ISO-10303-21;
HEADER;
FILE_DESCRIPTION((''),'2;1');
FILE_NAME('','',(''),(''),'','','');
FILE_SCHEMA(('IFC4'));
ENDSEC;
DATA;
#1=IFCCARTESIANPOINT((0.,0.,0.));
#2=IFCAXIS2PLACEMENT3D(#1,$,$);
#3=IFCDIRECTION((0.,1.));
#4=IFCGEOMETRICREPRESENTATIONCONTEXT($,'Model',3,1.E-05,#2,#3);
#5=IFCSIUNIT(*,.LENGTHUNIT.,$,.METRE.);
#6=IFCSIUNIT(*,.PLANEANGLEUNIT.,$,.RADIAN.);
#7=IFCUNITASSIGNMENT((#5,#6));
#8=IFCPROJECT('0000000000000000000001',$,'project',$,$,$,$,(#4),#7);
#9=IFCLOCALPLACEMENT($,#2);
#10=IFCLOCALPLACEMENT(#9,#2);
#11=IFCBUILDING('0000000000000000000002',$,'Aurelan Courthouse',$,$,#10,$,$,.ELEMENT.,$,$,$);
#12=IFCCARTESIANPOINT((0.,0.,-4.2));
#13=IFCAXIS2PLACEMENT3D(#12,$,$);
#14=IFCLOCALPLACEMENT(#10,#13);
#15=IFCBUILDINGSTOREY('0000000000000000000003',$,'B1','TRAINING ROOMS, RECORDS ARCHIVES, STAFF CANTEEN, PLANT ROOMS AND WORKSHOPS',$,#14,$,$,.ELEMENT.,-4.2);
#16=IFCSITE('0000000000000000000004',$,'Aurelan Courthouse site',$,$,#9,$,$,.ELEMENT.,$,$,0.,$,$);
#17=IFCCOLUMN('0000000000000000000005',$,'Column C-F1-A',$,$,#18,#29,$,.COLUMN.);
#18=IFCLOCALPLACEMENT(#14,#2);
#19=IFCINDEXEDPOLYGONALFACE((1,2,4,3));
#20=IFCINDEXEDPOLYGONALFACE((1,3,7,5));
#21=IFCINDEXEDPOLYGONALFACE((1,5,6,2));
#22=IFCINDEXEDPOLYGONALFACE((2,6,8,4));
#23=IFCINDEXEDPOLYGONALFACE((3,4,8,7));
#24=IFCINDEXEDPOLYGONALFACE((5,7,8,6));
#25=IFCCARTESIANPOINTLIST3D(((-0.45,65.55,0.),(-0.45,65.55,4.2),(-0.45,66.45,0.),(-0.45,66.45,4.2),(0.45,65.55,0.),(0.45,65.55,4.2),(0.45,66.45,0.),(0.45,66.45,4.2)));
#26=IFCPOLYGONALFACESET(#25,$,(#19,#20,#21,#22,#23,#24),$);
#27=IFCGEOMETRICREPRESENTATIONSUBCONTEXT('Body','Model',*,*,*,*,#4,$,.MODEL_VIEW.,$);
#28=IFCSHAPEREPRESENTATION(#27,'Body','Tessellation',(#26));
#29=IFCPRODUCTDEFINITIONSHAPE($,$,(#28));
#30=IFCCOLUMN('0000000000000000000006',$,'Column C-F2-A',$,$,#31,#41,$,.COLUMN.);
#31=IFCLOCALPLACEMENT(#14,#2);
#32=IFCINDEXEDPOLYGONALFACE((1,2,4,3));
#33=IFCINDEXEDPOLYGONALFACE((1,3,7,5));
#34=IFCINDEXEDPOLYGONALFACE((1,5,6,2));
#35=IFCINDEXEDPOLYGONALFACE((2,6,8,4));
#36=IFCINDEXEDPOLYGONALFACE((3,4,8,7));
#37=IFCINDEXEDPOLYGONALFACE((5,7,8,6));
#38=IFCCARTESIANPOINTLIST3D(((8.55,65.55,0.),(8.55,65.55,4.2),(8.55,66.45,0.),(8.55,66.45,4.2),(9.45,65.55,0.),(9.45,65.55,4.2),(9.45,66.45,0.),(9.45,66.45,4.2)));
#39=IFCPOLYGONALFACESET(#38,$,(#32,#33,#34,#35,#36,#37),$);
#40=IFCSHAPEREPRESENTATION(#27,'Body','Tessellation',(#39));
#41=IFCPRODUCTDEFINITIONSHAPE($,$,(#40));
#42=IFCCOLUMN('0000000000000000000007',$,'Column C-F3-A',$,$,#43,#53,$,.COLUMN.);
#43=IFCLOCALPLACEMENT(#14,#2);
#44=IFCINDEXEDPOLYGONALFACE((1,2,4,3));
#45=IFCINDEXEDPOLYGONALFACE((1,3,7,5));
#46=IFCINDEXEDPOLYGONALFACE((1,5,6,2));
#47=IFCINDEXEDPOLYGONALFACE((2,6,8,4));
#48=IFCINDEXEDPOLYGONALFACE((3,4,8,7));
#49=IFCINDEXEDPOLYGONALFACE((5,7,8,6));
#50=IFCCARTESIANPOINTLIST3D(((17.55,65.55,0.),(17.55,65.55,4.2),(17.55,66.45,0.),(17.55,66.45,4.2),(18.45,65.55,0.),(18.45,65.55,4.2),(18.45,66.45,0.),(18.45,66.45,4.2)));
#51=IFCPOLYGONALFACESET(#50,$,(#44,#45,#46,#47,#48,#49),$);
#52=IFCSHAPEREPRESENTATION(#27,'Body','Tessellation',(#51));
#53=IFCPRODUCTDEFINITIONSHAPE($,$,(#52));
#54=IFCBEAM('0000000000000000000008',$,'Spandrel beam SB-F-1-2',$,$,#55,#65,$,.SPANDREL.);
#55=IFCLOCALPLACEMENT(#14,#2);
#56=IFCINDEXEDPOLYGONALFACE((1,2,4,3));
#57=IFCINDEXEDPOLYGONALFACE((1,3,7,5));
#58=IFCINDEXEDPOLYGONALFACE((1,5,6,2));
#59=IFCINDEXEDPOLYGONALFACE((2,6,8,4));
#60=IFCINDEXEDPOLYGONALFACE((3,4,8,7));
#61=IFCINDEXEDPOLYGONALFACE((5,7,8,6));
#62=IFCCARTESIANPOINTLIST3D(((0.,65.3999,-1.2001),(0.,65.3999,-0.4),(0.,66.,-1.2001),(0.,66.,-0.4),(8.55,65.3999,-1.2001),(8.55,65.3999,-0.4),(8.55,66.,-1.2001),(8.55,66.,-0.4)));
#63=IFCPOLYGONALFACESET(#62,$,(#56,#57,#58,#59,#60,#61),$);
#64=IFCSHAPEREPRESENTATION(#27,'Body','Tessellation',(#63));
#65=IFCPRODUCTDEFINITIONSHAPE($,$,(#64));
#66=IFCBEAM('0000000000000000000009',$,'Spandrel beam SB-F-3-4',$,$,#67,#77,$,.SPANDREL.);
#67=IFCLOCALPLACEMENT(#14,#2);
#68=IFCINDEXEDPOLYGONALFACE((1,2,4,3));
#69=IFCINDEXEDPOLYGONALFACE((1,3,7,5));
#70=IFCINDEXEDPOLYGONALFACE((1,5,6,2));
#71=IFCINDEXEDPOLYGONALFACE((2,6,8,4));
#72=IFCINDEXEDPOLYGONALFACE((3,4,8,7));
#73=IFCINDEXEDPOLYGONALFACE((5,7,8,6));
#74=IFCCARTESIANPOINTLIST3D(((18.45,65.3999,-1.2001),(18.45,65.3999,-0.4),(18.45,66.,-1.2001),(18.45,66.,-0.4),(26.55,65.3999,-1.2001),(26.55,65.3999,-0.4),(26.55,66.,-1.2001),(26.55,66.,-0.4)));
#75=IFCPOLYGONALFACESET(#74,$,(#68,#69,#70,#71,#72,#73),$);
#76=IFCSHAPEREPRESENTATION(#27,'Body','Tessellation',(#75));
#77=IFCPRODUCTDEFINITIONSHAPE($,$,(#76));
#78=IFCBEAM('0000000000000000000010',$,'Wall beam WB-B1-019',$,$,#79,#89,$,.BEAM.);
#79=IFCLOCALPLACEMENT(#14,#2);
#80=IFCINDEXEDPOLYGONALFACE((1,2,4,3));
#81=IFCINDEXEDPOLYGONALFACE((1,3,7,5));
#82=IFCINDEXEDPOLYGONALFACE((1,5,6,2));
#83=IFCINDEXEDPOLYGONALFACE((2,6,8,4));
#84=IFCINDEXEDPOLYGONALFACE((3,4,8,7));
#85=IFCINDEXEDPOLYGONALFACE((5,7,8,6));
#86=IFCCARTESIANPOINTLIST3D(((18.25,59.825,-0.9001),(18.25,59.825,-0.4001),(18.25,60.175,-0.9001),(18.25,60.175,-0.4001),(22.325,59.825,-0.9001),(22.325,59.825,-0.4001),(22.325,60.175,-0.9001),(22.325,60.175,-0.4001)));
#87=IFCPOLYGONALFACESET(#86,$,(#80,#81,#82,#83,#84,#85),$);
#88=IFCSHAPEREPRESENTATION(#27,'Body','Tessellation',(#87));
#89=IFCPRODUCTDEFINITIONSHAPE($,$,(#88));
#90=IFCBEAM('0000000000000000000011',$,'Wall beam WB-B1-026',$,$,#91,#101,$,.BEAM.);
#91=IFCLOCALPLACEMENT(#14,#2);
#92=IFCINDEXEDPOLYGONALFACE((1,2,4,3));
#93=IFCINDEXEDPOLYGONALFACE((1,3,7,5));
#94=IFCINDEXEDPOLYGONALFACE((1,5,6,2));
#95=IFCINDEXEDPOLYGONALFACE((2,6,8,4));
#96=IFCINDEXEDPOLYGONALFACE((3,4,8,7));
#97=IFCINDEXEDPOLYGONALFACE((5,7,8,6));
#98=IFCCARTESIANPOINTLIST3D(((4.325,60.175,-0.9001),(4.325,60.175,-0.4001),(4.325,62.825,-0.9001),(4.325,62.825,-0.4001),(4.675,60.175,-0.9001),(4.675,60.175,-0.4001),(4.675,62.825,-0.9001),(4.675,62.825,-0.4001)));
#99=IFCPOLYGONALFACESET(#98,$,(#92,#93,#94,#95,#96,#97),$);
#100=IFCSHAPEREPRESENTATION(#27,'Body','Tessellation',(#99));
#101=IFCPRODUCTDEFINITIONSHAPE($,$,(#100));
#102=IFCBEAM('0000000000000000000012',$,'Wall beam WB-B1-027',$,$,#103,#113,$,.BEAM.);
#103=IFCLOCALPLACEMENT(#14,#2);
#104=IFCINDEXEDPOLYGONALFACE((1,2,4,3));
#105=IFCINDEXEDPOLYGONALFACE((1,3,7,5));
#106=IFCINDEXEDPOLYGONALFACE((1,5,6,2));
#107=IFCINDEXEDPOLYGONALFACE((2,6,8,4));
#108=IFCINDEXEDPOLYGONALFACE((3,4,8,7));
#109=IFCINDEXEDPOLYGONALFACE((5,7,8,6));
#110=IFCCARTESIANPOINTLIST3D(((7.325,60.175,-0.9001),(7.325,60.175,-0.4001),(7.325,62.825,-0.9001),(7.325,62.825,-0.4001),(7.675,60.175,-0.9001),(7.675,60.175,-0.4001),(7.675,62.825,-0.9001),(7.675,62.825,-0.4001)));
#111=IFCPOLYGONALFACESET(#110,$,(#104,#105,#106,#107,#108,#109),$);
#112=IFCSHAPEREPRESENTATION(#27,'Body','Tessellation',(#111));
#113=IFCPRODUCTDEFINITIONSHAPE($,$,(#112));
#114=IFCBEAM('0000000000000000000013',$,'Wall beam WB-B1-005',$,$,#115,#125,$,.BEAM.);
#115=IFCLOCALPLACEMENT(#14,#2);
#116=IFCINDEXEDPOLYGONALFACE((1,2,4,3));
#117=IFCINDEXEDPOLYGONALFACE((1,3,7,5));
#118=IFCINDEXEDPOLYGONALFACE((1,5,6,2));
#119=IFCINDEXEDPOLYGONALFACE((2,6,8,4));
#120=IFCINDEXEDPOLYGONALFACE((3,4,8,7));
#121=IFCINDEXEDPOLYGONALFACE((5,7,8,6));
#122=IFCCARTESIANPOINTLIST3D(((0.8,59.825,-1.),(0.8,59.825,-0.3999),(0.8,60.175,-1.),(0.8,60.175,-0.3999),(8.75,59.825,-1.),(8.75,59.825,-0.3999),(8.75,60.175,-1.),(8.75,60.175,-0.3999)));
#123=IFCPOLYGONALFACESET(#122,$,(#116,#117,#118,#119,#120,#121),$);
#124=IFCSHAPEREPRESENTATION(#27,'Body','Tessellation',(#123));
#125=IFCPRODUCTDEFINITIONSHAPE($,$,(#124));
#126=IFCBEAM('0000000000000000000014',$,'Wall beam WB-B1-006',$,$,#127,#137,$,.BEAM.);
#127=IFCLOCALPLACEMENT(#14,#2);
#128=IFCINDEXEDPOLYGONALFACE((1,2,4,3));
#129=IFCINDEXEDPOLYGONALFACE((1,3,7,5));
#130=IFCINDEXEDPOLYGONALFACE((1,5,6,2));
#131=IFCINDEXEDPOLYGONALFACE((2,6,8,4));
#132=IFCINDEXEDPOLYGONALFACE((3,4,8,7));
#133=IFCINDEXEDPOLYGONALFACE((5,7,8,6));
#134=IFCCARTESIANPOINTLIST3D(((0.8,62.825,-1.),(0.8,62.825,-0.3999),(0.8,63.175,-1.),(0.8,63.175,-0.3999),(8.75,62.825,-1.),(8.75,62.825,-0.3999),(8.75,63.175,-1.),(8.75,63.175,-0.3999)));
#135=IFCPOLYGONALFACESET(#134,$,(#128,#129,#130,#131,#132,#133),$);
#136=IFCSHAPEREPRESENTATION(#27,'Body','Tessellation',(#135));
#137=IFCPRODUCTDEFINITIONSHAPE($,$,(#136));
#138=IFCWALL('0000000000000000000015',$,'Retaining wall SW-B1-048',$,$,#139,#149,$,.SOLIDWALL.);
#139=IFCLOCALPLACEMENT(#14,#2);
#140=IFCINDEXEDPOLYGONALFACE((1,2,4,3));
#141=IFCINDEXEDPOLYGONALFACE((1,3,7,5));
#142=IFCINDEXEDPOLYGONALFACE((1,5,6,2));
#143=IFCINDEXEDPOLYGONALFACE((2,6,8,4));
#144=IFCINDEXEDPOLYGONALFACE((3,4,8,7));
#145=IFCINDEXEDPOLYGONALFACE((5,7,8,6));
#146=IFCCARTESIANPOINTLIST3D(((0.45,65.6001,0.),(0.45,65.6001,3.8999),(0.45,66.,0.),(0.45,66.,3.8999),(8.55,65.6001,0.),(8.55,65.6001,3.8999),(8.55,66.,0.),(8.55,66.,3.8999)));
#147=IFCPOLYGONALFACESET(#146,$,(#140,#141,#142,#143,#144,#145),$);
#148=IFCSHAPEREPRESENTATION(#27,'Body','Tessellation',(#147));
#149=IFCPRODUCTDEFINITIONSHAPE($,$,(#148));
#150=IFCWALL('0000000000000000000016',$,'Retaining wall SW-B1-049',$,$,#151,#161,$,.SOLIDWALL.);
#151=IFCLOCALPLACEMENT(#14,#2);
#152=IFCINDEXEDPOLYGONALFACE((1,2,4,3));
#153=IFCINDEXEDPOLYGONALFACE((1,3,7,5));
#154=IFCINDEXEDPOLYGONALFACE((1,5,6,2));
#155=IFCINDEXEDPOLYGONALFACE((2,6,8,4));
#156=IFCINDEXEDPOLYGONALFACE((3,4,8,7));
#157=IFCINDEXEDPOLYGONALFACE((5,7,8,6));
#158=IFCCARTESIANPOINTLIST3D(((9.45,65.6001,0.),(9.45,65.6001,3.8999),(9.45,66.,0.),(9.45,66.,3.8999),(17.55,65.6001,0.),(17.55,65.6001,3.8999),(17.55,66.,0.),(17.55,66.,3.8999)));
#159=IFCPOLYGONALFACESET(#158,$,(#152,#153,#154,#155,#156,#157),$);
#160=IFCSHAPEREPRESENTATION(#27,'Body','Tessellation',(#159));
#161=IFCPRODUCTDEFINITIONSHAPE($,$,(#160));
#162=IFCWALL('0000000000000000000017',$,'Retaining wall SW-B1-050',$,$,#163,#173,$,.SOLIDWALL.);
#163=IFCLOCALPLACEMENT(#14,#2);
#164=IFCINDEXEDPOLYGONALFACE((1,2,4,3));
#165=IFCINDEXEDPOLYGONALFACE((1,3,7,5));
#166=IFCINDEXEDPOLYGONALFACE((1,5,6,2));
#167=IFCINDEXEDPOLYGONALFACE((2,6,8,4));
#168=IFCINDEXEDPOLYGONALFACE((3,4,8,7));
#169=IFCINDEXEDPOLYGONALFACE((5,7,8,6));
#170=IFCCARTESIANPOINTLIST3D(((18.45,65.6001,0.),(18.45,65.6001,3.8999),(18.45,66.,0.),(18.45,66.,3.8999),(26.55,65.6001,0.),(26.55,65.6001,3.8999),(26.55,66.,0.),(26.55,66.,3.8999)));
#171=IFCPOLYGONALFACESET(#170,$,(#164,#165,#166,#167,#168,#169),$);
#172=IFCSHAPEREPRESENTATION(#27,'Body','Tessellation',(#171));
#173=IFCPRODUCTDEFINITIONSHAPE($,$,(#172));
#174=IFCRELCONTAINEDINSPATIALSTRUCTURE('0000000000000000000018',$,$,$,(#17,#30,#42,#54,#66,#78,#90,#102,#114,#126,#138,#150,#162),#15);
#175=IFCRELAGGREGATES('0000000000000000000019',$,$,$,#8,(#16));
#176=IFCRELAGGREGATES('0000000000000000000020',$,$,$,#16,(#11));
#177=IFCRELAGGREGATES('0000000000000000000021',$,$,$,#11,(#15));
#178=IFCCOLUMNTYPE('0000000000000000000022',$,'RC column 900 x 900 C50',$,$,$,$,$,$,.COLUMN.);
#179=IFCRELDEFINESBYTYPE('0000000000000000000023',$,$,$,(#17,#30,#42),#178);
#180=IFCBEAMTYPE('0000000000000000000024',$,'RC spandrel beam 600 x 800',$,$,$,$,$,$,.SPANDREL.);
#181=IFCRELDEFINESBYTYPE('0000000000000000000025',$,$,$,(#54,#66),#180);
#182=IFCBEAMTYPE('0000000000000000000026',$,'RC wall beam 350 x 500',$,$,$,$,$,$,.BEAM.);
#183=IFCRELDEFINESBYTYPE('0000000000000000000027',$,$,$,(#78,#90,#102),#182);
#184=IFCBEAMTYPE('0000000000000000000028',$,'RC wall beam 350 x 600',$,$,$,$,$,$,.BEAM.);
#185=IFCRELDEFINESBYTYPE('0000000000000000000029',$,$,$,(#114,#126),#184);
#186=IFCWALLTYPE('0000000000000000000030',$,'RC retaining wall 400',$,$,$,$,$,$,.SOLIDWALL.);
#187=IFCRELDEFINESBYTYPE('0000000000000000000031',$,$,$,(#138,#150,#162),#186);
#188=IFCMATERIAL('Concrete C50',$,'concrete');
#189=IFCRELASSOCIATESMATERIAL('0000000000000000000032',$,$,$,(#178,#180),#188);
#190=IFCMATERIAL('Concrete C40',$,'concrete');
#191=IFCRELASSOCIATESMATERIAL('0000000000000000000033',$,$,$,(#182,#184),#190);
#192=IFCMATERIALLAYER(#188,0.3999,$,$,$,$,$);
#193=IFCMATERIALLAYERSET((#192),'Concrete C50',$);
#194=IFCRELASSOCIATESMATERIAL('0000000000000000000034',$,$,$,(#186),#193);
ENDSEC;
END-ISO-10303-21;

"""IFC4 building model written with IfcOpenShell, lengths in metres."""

from ifc_helpers import new_model, si_unit, direction, frame, frame_2d, origin, origin_2d, place, context, subcontext, project, spatial, rectangle, extrude, material, layer, layer_set, material_profile, profile_set, type_object, element, save


model = new_model("IFC4")

# Units and contexts
model_context = context("Model", 3, precision=1e-05, world=origin(), true_north=direction((0.0, 1.0)))
body_context = subcontext(model_context, "Body", "Model", "MODEL_VIEW")
ifc_project = project(units=[si_unit("LENGTHUNIT", "METRE"), si_unit("PLANEANGLEUNIT", "RADIAN")], contexts=[model_context])

# Site, building, storey
site_placement = place(None, origin())
site = spatial("IfcSite", under=ifc_project, at=site_placement, Name="Aurelan Courthouse site", CompositionType="ELEMENT", RefElevation=0.0)
building_placement = place(site_placement, origin())
building = spatial("IfcBuilding", under=site, at=building_placement, Name="Aurelan Courthouse", CompositionType="ELEMENT")
storey_placement = place(building_placement, frame((0.0, 0.0, -4.2)))
storey = spatial("IfcBuildingStorey", under=building, at=storey_placement, Name="B1", Description="TRAINING ROOMS, RECORDS ARCHIVES, STAFF CANTEEN, PLANT ROOMS AND WORKSHOPS", CompositionType="ELEMENT", Elevation=-4.2)

# Columns
ifc_material_1 = material(Name="Concrete C50", Category="concrete")
ifc_material_profile_1 = material_profile(ifc_material_1, rectangle(XDim=0.8999, YDim=0.8999, at=origin_2d()), Name="RC 900 x 900")
ifc_profile_set_1 = profile_set([ifc_material_profile_1], Name="Concrete C50")
column_type = type_object("IfcColumnType", Name="RC column 900 x 900 C50", PredefinedType="COLUMN", material=ifc_profile_set_1)
for number, where, z_axis, x_axis, name in (
    (1, (0.0, 66.0, 0.0), (0.0, 0.0, 1.0), (1.0, 0.0, 0.0), "Column C-F1-A"),
    (2, (9.0, 66.0, 0.0), (0.0, 0.0, 1.0), (1.0, 0.0, 0.0), "Column C-F2-A"),
    (3, (18.0, 66.0, 0.0), (0.0, 0.0, 1.0), (1.0, 0.0, 0.0), "Column C-F3-A"),
):
    element("IfcColumn", number, at=place(storey_placement, frame(where, z_axis=z_axis, x_axis=x_axis)), inside=storey, type_object=column_type, Name=name, PredefinedType="COLUMN", context=body_context, shape_type="SweptSolid", body=[
        extrude(rectangle(XDim=0.8999, YDim=0.8999, at=origin_2d()), origin(), (0.0, 0.0, 1.0), 4.2),
    ])

# Beams
ifc_material_profile_2 = material_profile(ifc_material_1, rectangle(XDim=0.6001, YDim=0.8, at=origin_2d()), Name="RC 600 x 800")
ifc_profile_set_2 = profile_set([ifc_material_profile_2], Name="Concrete C50")
beam_type_1 = type_object("IfcBeamType", Name="RC spandrel beam 600 x 800", PredefinedType="SPANDREL", material=ifc_profile_set_2)
beam_1_placement = place(storey_placement, frame((0.0, 65.7, -0.8), z_axis=(1.0, 0.0, 0.0), x_axis=(0.0, 1.0, 0.0)))
element("IfcBeam", 4, at=beam_1_placement, inside=storey, type_object=beam_type_1, Name="Spandrel beam SB-F-1-2", PredefinedType="SPANDREL", context=body_context, shape_type="SweptSolid", body=[
    extrude(rectangle(XDim=0.6001, YDim=0.8, at=origin_2d()), origin(), (0.0, 0.0, 1.0), 8.55),
])
beam_2_placement = place(storey_placement, frame((18.45, 65.7, -0.8), z_axis=(1.0, 0.0, 0.0), x_axis=(0.0, 1.0, 0.0)))
element("IfcBeam", 5, at=beam_2_placement, inside=storey, type_object=beam_type_1, Name="Spandrel beam SB-F-3-4", PredefinedType="SPANDREL", context=body_context, shape_type="SweptSolid", body=[
    extrude(rectangle(XDim=0.6001, YDim=0.8, at=origin_2d()), origin(), (0.0, 0.0, 1.0), 8.1001),
])
ifc_material_2 = material(Name="Concrete C40", Category="concrete")
ifc_material_profile_3 = material_profile(ifc_material_2, rectangle(XDim=0.3501, YDim=0.5, at=origin_2d()), Name="RC 350 x 500")
ifc_profile_set_3 = profile_set([ifc_material_profile_3], Name="Concrete C40")
beam_type_2 = type_object("IfcBeamType", Name="RC wall beam 350 x 500", PredefinedType="BEAM", material=ifc_profile_set_3)
beam_3_placement = place(storey_placement, frame((18.25, 60.0, -0.6501), z_axis=(1.0, 0.0, 0.0), x_axis=(0.0, 1.0, 0.0)))
element("IfcBeam", 6, at=beam_3_placement, inside=storey, type_object=beam_type_2, Name="Wall beam WB-B1-019", PredefinedType="BEAM", context=body_context, shape_type="SweptSolid", body=[
    extrude(rectangle(XDim=0.3501, YDim=0.5, at=origin_2d()), origin(), (0.0, 0.0, 1.0), 4.075),
])
for number, where, z_axis, x_axis, name in (
    (7, (4.5, 60.175, -0.6501), (0.0, 1.0, 0.0), (-1.0, 0.0, 0.0), "Wall beam WB-B1-026"),
    (8, (7.5, 60.175, -0.6501), (0.0, 1.0, 0.0), (-1.0, 0.0, 0.0), "Wall beam WB-B1-027"),
):
    element("IfcBeam", number, at=place(storey_placement, frame(where, z_axis=z_axis, x_axis=x_axis)), inside=storey, type_object=beam_type_2, Name=name, PredefinedType="BEAM", context=body_context, shape_type="SweptSolid", body=[
        extrude(rectangle(XDim=0.3501, YDim=0.5, at=origin_2d()), origin(), (0.0, 0.0, 1.0), 2.6499),
    ])
ifc_material_profile_4 = material_profile(ifc_material_2, rectangle(XDim=0.3501, YDim=0.6001, at=origin_2d()), Name="RC 350 x 600")
ifc_profile_set_4 = profile_set([ifc_material_profile_4], Name="Concrete C40")
beam_type_3 = type_object("IfcBeamType", Name="RC wall beam 350 x 600", PredefinedType="BEAM", material=ifc_profile_set_4)
for number, where, z_axis, x_axis, name in (
    (9, (0.8, 60.0, -0.7), (1.0, 0.0, 0.0), (0.0, 1.0, 0.0), "Wall beam WB-B1-005"),
    (10, (0.8, 63.0, -0.7), (1.0, 0.0, 0.0), (0.0, 1.0, 0.0), "Wall beam WB-B1-006"),
):
    element("IfcBeam", number, at=place(storey_placement, frame(where, z_axis=z_axis, x_axis=x_axis)), inside=storey, type_object=beam_type_3, Name=name, PredefinedType="BEAM", context=body_context, shape_type="SweptSolid", body=[
        extrude(rectangle(XDim=0.3501, YDim=0.6001, at=origin_2d()), origin(), (0.0, 0.0, 1.0), 7.95),
    ])

# Walls
ifc_layer_1 = layer(ifc_material_1, 0.3999)
ifc_layer_set_1 = layer_set([ifc_layer_1], Name="Concrete C50")
wall_type_1 = type_object("IfcWallType", Name="RC retaining wall 400", PredefinedType="SOLIDWALL", material=ifc_layer_set_1)
for number, where, z_axis, x_axis, name in (
    (11, (0.45, 65.8, 0.0), (0.0, 0.0, 1.0), (1.0, 0.0, 0.0), "Retaining wall SW-B1-048"),
    (12, (9.45, 65.8, 0.0), (0.0, 0.0, 1.0), (1.0, 0.0, 0.0), "Retaining wall SW-B1-049"),
    (13, (18.45, 65.8, 0.0), (0.0, 0.0, 1.0), (1.0, 0.0, 0.0), "Retaining wall SW-B1-050"),
):
    element("IfcWall", number, at=place(storey_placement, frame(where, z_axis=z_axis, x_axis=x_axis)), inside=storey, type_object=wall_type_1, Name=name, PredefinedType="SOLIDWALL", context=body_context, shape_type="SweptSolid", body=[
        extrude(rectangle(XDim=8.1001, YDim=0.3999, at=frame_2d((4.05, 0.0))), origin(), (0.0, 0.0, 1.0), 3.8999),
    ])

save(model, "model.ifc")
